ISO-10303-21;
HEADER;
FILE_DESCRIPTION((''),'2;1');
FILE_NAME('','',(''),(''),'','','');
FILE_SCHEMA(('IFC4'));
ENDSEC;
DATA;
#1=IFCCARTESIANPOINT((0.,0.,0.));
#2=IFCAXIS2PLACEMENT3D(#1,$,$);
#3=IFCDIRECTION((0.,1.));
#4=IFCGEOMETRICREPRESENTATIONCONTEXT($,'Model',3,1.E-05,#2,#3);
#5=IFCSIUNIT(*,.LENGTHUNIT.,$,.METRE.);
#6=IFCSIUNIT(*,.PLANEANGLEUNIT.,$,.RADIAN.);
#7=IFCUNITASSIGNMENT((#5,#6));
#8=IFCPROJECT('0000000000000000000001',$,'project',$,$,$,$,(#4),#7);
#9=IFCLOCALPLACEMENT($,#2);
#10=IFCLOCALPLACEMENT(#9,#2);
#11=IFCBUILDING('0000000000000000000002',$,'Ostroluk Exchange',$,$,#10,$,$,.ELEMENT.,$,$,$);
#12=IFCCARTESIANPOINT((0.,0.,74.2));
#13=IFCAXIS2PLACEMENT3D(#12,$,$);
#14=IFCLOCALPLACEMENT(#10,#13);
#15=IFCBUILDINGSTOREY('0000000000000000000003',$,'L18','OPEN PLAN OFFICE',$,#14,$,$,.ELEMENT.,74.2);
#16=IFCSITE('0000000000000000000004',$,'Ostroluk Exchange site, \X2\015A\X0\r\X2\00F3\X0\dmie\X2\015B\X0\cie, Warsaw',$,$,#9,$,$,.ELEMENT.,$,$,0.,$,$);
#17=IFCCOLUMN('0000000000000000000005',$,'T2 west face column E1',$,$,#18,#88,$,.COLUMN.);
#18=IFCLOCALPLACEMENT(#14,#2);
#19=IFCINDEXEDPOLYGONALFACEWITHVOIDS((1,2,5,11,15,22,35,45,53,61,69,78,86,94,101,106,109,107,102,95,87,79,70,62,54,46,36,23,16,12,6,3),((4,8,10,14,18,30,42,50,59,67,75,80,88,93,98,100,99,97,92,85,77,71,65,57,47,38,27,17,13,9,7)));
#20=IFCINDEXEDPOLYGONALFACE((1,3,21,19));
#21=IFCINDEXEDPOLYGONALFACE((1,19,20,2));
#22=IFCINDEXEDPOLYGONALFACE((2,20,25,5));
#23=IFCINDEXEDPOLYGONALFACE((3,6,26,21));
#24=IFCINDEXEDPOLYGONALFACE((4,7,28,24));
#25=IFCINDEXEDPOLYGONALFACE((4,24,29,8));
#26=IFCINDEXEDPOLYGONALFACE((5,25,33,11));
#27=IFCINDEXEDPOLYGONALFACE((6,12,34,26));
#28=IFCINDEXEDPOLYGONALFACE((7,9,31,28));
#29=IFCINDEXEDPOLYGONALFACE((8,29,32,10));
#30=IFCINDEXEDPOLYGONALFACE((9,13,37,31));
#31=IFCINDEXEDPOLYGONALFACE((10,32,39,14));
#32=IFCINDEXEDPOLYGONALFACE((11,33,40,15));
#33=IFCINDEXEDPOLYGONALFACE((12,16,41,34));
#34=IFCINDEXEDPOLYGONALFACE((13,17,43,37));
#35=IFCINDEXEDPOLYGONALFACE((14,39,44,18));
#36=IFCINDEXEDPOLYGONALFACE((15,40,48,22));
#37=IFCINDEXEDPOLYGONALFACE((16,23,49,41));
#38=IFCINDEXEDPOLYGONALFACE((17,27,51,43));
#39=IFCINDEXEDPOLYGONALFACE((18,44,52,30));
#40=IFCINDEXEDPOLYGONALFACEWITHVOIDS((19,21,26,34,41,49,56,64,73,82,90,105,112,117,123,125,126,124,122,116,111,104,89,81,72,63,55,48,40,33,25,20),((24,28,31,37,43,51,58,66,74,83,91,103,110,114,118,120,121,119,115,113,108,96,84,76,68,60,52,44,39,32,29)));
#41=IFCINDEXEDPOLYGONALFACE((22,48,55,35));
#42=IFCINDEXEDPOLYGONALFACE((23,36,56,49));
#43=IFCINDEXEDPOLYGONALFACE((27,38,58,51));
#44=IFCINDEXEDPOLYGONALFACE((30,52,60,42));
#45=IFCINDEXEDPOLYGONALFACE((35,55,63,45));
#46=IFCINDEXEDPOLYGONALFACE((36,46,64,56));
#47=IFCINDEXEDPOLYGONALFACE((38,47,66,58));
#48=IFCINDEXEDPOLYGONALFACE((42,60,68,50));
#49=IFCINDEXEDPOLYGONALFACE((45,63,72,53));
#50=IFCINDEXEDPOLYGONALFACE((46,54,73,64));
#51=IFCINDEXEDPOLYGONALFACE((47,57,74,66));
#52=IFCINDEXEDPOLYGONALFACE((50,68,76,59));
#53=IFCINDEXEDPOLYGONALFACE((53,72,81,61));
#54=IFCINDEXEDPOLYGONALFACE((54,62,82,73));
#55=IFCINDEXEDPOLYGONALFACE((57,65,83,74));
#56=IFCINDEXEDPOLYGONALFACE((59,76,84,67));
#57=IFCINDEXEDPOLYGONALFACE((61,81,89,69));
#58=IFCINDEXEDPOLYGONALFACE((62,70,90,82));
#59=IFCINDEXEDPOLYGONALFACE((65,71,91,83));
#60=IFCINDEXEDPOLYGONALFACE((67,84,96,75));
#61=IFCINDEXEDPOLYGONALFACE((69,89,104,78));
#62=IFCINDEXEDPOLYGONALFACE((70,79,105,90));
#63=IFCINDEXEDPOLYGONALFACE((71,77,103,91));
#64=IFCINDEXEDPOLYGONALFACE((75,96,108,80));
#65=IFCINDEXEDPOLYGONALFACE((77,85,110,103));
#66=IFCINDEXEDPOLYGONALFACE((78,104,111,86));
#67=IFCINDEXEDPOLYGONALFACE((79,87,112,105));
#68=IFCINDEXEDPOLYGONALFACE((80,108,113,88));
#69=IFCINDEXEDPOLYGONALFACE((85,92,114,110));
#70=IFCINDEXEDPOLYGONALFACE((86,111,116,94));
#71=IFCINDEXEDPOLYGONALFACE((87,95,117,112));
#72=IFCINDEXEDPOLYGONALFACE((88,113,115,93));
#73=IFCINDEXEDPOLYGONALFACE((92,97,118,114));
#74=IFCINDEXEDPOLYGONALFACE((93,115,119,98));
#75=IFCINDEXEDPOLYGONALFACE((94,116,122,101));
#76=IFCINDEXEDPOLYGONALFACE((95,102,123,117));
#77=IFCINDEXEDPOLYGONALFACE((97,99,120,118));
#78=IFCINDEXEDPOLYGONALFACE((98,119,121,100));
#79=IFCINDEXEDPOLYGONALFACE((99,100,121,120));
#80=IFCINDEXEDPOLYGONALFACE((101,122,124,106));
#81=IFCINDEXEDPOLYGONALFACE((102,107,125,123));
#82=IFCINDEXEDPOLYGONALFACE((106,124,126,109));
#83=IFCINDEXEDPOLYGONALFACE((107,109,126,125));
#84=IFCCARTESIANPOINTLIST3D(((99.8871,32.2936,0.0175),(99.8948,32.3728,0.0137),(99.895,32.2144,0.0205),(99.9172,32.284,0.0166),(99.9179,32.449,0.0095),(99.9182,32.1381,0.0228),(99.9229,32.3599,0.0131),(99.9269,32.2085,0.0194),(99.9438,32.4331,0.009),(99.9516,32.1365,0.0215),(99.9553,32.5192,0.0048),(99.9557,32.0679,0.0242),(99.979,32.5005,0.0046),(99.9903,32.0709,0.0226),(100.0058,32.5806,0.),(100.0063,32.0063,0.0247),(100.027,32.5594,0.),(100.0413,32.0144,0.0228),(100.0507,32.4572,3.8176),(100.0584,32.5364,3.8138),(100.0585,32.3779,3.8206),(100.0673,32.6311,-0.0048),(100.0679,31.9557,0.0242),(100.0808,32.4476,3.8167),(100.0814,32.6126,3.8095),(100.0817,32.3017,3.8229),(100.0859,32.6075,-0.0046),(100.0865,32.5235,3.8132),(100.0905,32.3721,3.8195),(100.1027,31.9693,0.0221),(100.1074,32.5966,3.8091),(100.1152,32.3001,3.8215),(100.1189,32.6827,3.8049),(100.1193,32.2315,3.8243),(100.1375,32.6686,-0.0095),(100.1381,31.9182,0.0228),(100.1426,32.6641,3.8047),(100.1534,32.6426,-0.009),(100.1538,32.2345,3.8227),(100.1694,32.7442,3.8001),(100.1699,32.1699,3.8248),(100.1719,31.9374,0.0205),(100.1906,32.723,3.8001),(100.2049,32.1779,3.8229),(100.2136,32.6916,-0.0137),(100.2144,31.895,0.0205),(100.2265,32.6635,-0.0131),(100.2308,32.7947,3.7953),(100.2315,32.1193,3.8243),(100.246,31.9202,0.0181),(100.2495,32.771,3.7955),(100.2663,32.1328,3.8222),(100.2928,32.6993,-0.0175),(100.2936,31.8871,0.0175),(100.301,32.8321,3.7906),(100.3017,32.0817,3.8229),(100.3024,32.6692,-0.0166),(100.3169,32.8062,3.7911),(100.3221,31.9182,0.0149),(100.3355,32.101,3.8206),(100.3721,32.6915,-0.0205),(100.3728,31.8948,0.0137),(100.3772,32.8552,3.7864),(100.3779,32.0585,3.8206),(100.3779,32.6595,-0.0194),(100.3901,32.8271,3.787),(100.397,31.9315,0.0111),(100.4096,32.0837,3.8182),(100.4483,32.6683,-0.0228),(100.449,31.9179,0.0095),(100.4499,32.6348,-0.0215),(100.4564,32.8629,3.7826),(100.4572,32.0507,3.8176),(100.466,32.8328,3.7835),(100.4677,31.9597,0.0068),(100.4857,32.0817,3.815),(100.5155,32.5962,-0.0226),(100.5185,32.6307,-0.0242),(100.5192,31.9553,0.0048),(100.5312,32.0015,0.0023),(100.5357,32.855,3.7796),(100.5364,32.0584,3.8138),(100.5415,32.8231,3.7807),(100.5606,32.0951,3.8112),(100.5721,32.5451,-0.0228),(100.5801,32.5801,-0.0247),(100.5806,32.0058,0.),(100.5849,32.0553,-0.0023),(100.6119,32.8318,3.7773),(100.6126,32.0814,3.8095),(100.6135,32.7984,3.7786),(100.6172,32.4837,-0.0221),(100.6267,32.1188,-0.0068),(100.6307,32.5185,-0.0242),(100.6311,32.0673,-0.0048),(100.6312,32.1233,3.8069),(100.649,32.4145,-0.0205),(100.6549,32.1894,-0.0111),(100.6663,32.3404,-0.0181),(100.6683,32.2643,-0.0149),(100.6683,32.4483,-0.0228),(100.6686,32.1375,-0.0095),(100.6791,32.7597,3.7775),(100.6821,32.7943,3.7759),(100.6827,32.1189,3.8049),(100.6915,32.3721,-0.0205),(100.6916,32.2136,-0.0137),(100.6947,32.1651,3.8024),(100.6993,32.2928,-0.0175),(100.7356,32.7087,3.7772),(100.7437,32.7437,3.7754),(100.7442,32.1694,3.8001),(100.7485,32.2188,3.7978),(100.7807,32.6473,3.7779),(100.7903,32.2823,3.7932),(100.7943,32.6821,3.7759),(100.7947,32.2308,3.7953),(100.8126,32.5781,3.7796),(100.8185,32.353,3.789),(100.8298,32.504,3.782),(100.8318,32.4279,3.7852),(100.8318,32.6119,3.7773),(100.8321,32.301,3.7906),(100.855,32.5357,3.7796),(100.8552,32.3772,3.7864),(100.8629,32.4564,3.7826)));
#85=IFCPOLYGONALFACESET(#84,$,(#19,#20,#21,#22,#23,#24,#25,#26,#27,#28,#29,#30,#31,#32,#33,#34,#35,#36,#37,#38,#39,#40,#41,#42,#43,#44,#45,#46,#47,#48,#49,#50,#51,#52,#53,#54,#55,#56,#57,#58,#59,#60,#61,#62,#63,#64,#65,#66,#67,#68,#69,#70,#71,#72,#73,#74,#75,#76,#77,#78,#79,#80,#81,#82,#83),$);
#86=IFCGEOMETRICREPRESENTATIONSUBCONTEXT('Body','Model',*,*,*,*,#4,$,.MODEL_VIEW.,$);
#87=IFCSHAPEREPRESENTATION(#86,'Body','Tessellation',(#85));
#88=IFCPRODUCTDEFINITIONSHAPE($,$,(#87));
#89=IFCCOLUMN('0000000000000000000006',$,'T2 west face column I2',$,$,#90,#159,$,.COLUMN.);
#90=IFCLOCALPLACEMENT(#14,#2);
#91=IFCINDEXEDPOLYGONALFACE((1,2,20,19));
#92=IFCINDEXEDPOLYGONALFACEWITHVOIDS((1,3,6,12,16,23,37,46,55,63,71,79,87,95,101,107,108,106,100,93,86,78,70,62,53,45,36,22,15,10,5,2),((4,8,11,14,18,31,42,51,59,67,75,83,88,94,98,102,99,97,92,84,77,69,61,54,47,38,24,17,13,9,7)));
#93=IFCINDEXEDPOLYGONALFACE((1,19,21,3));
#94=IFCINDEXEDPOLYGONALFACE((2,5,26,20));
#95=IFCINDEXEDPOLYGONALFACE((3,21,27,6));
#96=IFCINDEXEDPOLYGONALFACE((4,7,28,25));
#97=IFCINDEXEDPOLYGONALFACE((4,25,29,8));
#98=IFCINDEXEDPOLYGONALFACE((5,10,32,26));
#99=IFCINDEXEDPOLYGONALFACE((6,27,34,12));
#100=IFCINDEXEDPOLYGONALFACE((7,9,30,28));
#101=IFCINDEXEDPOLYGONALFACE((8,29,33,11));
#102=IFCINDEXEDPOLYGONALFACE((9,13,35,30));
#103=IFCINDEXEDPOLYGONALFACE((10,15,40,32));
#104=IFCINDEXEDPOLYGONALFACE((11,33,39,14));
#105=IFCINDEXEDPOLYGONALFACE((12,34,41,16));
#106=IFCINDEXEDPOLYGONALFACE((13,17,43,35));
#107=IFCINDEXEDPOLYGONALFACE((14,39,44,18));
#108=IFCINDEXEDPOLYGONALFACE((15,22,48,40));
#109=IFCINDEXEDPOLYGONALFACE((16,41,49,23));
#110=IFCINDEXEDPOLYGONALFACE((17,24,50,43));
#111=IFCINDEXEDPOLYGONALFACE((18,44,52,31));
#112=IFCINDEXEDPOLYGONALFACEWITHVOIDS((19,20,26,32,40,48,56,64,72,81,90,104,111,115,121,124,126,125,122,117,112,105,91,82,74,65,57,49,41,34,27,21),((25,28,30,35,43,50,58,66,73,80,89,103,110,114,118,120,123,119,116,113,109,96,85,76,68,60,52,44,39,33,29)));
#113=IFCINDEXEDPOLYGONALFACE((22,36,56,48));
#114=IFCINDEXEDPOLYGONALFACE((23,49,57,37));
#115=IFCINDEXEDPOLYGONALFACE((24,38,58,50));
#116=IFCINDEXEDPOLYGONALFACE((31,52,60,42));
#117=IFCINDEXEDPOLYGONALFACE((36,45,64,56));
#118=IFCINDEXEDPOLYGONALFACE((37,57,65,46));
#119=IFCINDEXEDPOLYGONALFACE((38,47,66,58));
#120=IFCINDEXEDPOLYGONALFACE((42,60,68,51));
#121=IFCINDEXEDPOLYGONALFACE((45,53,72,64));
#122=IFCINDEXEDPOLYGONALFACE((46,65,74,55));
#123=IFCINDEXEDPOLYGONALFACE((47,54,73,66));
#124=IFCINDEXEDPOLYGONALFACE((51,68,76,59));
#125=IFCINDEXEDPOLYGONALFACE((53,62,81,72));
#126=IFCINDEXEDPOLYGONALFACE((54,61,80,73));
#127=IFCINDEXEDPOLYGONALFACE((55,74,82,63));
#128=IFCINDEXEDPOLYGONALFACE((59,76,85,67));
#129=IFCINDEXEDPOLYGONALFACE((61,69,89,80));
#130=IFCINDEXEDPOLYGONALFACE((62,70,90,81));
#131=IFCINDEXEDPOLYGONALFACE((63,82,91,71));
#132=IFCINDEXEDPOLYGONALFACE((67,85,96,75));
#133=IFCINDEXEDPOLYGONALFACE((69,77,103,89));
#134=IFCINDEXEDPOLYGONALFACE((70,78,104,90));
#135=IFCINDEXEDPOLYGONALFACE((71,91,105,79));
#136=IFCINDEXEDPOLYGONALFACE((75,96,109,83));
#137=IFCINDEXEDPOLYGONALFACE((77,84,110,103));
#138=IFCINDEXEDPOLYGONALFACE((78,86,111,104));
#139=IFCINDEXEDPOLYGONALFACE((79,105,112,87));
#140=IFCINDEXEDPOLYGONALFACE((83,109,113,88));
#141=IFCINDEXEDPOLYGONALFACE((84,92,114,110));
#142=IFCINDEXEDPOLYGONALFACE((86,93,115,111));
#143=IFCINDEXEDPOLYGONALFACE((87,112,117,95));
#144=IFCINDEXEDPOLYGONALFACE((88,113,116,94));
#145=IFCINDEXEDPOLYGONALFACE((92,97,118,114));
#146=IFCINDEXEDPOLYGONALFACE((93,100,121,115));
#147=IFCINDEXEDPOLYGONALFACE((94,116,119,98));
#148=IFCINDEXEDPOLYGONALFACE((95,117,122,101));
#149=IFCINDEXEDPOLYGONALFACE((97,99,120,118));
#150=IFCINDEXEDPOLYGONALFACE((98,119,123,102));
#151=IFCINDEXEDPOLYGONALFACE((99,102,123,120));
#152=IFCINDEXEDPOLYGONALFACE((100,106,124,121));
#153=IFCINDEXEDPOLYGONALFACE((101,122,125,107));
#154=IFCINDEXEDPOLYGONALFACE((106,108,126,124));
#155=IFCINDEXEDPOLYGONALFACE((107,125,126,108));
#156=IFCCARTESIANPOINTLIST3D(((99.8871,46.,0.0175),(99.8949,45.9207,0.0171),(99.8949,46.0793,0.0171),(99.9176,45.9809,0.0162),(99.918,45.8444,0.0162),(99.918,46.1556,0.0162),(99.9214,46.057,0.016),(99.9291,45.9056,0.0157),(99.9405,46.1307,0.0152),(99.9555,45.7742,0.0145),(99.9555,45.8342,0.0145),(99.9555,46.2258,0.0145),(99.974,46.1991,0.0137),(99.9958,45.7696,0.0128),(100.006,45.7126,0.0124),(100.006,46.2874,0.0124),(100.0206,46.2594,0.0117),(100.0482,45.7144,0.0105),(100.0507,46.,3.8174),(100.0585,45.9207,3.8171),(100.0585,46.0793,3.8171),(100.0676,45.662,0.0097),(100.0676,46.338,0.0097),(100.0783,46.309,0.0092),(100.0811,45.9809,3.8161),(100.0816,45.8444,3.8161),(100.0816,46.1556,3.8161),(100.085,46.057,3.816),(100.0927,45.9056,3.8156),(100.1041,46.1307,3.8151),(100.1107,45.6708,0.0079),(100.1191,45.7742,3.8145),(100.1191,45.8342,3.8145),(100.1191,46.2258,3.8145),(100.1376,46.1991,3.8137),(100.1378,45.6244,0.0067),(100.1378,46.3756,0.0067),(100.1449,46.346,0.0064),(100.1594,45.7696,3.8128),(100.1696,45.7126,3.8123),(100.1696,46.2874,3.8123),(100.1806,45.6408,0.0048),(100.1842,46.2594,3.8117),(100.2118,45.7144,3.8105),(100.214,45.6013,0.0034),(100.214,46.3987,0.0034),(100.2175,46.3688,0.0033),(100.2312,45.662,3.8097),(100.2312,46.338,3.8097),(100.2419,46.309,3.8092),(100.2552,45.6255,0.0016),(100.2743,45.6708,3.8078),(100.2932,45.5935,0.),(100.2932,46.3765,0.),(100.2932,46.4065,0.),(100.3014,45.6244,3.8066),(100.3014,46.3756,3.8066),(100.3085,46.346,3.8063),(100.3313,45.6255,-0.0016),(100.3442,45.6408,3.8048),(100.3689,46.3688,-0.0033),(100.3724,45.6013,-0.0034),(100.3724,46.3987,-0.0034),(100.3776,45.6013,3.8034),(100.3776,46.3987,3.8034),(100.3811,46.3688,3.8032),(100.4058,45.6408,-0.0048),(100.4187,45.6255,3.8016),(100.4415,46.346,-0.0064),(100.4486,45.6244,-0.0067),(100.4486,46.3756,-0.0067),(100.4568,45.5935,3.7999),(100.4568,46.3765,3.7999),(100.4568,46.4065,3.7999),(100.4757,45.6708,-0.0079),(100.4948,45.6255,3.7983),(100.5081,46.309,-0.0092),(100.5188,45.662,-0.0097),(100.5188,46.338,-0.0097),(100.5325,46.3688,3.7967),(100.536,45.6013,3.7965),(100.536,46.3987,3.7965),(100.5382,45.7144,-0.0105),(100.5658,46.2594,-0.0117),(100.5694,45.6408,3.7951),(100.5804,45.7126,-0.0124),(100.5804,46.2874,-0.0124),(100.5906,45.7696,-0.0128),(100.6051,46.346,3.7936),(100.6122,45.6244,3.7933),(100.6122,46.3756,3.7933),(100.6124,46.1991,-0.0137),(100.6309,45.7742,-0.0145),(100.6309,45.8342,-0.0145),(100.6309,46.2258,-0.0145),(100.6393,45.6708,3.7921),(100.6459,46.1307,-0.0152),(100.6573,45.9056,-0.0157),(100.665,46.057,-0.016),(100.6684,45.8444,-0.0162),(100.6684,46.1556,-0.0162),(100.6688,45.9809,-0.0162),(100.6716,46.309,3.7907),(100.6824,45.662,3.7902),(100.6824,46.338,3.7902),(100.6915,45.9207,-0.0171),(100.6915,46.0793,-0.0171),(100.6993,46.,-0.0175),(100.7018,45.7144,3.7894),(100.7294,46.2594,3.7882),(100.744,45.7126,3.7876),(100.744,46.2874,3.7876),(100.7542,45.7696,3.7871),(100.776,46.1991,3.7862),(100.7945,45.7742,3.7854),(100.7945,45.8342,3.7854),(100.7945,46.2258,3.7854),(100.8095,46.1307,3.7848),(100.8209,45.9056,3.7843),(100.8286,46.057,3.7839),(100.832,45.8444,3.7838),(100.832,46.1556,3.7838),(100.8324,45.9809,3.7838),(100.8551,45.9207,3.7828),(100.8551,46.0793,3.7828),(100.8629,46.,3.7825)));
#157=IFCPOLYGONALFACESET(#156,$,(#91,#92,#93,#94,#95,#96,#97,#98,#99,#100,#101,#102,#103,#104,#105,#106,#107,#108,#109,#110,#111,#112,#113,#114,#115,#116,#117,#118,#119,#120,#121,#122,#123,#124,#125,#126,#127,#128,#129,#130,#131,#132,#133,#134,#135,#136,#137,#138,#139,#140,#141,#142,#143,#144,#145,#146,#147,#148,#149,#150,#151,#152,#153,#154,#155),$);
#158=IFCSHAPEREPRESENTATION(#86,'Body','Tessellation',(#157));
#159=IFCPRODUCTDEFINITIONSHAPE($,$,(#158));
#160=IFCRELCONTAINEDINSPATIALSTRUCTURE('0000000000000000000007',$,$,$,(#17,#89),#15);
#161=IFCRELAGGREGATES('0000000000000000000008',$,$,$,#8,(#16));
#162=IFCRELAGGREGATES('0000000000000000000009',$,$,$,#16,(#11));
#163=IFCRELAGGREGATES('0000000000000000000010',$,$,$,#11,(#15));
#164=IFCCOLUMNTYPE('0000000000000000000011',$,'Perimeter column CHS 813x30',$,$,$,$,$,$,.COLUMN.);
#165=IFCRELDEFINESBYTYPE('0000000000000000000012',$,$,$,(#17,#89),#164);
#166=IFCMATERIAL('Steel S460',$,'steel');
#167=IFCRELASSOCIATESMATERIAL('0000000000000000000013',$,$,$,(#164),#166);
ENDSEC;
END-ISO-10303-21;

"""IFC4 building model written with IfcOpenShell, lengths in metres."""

from ifc_helpers import new_model, si_unit, direction, frame, origin, origin_2d, place, context, subcontext, project, spatial, hollow_circle, extrude, material, material_profile, profile_set, type_object, element, save


model = new_model("IFC4")

# Units and contexts
model_context = context("Model", 3, precision=1e-05, world=origin(), true_north=direction((0.0, 1.0)))
body_context = subcontext(model_context, "Body", "Model", "MODEL_VIEW")
ifc_project = project(units=[si_unit("LENGTHUNIT", "METRE"), si_unit("PLANEANGLEUNIT", "RADIAN")], contexts=[model_context])

# Site, building, storey
site_placement = place(None, origin())
site = spatial("IfcSite", under=ifc_project, at=site_placement, Name="Ostroluk Exchange site, Śródmieście, Warsaw", CompositionType="ELEMENT", RefElevation=0.0)
building_placement = place(site_placement, origin())
building = spatial("IfcBuilding", under=site, at=building_placement, Name="Ostroluk Exchange", CompositionType="ELEMENT")
storey_placement = place(building_placement, frame((0.0, 0.0, 74.2)))
storey = spatial("IfcBuildingStorey", under=building, at=storey_placement, Name="L18", Description="OPEN PLAN OFFICE", CompositionType="ELEMENT", Elevation=74.2)

# Columns
ifc_material_1 = material(Name="Steel S460", Category="steel")
ifc_material_profile_1 = material_profile(ifc_material_1, hollow_circle(Radius=0.4065, WallThickness=0.03, at=origin_2d()), Name="CHS 813x30")
ifc_profile_set_1 = profile_set([ifc_material_profile_1], Name="Steel S460")
column_type = type_object("IfcColumnType", Name="Perimeter column CHS 813x30", PredefinedType="COLUMN", material=ifc_profile_set_1)
column_1_placement = place(storey_placement, frame((100.2932, 32.2932, 0.0), z_axis=(0.042966, 0.042966, 0.998152), x_axis=(-0.707107, 0.707107, 0.0)))
element("IfcColumn", 1, at=column_1_placement, inside=storey, type_object=column_type, Name="T2 west face column E1", PredefinedType="COLUMN", context=body_context, shape_type="SweptSolid", body=[
    extrude(hollow_circle(Radius=0.4065, WallThickness=0.03, at=origin_2d()), origin(), (0.0, 0.0, 1.0), 3.8071),
])
column_2_placement = place(storey_placement, frame((100.2932, 46.0, 0.0), z_axis=(0.043005, 0.0, 0.999075), x_axis=(0.0, 1.0, 0.0)))
element("IfcColumn", 2, at=column_2_placement, inside=storey, type_object=column_type, Name="T2 west face column I2", PredefinedType="COLUMN", context=body_context, shape_type="SweptSolid", body=[
    extrude(hollow_circle(Radius=0.4065, WallThickness=0.03, at=origin_2d()), origin(), (0.0, 0.0, 1.0), 3.8035),
])

save(model, "model.ifc")
